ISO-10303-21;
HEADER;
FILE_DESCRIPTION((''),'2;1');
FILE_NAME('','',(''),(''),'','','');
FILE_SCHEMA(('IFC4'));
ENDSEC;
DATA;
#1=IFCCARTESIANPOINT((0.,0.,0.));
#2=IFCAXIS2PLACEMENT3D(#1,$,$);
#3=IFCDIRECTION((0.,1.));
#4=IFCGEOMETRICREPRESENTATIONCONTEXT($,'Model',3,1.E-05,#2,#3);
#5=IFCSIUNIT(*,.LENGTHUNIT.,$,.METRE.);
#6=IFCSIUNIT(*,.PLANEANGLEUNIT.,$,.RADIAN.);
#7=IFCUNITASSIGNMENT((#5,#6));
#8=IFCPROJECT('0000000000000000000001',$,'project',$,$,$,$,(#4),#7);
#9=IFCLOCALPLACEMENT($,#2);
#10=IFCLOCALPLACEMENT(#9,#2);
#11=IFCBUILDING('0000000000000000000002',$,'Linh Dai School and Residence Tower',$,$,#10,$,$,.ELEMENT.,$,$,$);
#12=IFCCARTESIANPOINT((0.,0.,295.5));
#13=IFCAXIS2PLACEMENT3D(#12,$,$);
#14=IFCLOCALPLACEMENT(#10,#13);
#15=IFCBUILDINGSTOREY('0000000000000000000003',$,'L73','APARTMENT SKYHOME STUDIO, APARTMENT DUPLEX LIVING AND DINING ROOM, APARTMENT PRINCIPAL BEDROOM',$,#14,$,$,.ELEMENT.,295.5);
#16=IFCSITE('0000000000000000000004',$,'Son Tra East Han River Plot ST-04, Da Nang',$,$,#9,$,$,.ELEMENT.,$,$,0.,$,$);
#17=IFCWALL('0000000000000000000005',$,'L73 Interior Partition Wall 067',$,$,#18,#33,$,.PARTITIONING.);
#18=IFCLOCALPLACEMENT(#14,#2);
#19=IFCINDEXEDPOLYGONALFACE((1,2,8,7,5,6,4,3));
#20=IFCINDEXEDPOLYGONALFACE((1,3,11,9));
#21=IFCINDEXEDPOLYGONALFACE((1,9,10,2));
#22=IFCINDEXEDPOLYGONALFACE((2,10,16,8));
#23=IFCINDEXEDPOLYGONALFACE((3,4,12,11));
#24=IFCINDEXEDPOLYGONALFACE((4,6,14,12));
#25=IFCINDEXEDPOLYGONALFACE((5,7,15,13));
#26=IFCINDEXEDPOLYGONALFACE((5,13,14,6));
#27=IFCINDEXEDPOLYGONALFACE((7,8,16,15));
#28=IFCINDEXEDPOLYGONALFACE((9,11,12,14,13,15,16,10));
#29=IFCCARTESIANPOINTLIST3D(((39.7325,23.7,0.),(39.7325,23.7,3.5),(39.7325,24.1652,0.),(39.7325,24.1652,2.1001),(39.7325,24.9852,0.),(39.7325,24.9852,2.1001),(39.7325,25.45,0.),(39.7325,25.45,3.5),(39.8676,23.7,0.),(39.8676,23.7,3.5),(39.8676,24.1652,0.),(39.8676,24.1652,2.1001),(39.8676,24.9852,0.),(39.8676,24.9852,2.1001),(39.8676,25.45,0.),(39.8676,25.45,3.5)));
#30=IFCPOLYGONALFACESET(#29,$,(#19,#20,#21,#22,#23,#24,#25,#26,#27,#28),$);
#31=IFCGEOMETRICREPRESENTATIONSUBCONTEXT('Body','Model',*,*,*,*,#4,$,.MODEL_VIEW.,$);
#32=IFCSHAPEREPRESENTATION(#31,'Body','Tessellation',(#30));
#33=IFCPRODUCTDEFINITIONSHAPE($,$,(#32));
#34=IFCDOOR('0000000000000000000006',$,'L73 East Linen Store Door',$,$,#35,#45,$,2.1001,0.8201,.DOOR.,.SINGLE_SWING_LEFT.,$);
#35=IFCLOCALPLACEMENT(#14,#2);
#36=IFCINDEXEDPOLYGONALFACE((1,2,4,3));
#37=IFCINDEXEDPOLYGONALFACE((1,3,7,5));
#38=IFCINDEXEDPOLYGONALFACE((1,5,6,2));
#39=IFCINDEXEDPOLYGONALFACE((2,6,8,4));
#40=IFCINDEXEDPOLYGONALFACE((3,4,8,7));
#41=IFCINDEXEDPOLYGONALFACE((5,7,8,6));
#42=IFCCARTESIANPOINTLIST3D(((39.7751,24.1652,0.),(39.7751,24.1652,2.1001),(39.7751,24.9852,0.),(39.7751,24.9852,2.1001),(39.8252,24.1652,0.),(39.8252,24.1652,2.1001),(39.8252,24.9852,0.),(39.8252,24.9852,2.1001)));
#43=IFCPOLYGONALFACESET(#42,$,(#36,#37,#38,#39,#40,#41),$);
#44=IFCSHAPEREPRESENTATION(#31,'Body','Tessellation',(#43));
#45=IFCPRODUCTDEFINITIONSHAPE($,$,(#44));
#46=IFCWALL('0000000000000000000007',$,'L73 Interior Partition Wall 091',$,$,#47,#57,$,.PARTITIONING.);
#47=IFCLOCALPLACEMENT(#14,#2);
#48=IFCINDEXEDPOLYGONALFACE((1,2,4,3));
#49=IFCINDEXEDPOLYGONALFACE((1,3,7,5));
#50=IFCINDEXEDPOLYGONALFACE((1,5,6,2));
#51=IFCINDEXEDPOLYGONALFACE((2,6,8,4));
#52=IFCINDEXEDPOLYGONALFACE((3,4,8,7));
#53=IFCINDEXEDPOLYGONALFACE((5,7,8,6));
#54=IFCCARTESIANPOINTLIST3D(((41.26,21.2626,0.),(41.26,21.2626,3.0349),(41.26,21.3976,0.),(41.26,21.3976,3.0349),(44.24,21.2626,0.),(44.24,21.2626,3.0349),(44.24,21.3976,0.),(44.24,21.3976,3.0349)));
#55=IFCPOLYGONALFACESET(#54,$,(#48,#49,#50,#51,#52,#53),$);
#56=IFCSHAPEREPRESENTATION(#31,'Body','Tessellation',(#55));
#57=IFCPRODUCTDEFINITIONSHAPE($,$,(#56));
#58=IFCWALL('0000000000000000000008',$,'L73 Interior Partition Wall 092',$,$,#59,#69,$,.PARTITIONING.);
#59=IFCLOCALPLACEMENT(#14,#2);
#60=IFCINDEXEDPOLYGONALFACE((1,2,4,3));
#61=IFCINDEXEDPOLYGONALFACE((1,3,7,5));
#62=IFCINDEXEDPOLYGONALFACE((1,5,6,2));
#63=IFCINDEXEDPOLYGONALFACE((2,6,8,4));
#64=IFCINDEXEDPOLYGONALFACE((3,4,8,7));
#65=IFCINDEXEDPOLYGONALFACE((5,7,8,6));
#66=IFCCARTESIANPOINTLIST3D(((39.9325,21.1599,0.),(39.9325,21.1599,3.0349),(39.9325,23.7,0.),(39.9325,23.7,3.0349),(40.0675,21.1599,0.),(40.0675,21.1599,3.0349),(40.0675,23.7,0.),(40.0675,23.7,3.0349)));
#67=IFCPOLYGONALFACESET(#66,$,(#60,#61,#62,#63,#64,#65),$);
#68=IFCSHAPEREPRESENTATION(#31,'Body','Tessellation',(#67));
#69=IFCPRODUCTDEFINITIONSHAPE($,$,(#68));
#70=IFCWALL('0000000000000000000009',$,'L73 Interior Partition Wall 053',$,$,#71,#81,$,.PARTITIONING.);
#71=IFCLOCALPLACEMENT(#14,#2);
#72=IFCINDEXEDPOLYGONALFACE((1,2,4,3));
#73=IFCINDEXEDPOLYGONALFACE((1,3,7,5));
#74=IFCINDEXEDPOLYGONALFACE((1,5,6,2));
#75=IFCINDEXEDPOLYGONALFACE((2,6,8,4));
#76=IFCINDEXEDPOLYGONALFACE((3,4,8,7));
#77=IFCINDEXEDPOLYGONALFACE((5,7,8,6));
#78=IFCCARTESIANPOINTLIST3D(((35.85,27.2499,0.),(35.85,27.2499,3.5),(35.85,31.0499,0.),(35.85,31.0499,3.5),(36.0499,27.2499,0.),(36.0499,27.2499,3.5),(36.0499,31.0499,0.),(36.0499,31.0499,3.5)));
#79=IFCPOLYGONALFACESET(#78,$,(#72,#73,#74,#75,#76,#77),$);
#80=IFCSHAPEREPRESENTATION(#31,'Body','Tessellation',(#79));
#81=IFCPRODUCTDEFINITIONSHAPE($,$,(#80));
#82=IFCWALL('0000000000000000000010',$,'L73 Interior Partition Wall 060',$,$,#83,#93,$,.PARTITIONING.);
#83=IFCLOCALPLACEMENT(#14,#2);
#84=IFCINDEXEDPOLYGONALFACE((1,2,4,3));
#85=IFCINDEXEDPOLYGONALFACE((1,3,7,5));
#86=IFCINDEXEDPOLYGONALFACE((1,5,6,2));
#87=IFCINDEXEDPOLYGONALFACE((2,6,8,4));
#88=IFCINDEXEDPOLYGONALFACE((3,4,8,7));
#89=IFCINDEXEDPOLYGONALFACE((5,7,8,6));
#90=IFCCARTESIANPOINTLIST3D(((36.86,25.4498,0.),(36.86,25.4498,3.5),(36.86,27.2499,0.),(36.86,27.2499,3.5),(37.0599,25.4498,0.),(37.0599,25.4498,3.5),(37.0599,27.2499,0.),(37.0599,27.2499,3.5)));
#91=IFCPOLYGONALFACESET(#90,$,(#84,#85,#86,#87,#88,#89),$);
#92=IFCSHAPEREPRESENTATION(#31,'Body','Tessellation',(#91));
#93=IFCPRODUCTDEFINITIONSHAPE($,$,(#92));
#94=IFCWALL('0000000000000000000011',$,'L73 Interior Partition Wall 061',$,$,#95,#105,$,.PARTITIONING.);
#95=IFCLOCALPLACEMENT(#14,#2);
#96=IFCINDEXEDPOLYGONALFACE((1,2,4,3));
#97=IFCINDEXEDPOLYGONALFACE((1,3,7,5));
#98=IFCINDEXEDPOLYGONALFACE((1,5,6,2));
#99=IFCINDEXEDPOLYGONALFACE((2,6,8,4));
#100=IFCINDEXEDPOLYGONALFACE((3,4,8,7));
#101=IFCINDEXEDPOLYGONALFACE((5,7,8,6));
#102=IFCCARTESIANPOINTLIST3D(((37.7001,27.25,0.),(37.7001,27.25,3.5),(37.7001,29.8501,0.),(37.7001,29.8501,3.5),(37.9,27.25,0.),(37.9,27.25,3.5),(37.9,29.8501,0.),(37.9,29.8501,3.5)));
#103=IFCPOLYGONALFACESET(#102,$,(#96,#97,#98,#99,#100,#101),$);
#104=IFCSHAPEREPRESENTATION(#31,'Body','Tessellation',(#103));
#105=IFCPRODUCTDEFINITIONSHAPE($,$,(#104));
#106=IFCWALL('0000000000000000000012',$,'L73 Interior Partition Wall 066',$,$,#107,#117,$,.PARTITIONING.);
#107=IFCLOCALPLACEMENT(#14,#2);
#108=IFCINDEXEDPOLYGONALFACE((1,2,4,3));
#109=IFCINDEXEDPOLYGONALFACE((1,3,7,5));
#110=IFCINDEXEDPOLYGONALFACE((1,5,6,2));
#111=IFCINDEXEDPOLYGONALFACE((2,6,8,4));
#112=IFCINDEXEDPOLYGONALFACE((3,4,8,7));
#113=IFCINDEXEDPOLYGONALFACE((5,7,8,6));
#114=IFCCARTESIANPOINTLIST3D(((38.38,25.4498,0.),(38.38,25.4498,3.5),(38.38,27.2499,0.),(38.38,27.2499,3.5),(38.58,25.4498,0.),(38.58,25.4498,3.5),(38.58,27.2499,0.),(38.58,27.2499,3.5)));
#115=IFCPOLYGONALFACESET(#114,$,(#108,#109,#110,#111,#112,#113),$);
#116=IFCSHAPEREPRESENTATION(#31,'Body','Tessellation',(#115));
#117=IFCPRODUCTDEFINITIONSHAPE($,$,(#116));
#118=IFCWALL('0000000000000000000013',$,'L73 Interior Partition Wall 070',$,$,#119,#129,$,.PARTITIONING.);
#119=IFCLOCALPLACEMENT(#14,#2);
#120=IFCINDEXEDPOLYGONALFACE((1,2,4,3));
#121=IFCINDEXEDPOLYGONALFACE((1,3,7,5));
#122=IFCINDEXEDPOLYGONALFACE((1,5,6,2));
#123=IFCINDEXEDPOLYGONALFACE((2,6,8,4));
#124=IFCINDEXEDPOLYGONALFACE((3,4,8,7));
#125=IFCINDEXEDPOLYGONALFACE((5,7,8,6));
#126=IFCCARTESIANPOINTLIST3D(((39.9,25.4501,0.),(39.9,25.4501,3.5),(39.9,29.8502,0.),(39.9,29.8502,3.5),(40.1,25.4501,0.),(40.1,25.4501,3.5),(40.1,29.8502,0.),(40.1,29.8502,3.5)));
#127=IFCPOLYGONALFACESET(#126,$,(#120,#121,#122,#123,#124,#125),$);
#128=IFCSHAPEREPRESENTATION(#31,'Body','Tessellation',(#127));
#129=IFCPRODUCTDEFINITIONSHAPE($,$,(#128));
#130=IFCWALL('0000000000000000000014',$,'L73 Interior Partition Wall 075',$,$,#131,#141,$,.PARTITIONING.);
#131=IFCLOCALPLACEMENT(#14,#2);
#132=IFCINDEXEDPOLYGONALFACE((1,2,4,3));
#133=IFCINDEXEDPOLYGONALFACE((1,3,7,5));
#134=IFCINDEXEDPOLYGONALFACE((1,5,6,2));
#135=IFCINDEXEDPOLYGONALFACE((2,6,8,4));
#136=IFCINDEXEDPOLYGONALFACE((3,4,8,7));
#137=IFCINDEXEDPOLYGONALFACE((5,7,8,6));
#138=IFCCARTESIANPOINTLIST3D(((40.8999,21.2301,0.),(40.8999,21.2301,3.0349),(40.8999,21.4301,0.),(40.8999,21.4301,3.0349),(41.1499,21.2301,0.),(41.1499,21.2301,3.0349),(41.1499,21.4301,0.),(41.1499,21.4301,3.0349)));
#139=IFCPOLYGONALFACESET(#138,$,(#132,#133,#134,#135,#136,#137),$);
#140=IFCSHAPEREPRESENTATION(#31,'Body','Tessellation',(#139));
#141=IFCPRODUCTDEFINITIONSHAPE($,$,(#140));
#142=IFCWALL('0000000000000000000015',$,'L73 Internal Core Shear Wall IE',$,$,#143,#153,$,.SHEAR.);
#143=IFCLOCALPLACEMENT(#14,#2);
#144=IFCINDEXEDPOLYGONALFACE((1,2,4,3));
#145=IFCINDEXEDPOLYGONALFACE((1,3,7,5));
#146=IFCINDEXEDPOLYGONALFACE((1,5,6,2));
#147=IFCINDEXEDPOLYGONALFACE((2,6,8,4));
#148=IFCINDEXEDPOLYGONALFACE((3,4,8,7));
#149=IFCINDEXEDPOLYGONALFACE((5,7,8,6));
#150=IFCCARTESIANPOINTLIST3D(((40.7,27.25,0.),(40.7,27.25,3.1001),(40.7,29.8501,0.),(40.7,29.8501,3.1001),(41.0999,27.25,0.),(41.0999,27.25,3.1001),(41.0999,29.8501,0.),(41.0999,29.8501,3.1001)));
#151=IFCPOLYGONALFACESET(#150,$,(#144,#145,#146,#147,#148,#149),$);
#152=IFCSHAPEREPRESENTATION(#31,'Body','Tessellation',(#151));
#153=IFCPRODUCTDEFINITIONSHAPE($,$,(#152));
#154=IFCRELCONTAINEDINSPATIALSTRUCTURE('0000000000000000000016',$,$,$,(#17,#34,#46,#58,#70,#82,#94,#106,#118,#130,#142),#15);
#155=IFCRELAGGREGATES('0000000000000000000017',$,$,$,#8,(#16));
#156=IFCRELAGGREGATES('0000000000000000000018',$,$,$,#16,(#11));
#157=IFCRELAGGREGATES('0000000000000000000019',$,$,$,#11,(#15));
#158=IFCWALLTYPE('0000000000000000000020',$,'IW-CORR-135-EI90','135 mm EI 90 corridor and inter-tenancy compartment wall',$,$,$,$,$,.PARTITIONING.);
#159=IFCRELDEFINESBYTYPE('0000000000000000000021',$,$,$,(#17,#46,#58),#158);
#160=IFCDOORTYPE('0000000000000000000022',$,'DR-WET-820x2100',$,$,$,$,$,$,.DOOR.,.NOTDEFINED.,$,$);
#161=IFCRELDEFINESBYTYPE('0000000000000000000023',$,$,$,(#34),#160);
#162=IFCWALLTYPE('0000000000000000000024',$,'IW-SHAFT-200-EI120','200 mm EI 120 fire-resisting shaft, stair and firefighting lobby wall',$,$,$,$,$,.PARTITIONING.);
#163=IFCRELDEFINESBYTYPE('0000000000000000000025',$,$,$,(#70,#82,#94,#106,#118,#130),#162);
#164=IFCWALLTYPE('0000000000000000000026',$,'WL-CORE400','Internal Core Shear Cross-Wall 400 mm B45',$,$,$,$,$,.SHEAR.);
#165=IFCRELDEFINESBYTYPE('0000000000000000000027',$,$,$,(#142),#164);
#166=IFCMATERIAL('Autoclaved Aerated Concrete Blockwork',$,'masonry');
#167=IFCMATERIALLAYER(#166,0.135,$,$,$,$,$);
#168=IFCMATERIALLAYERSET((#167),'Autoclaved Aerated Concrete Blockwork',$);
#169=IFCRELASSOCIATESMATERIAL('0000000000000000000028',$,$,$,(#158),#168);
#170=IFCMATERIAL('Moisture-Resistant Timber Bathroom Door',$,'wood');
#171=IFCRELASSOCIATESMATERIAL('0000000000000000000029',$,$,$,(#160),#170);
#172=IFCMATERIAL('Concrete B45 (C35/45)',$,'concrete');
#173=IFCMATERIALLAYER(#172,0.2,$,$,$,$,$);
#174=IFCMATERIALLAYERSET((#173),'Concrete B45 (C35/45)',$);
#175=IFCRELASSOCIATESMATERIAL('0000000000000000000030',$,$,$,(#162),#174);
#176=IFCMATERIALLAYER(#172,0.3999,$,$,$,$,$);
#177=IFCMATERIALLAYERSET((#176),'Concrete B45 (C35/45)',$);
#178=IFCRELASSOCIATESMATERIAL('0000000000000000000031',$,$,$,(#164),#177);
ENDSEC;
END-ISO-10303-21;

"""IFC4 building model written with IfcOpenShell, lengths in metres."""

from ifc_helpers import new_model, si_unit, direction, frame, frame_2d, origin, origin_2d, place, context, subcontext, project, spatial, rectangle, extrude, source, transform, mapped, material, layer, layer_set, type_object, element, fill, save


model = new_model("IFC4")

# Units and contexts
model_context = context("Model", 3, precision=1e-05, world=origin(), true_north=direction((0.0, 1.0)))
body_context = subcontext(model_context, "Body", "Model", "MODEL_VIEW")
ifc_project = project(units=[si_unit("LENGTHUNIT", "METRE"), si_unit("PLANEANGLEUNIT", "RADIAN")], contexts=[model_context])

# Site, building, storey
site_placement = place(None, origin())
site = spatial("IfcSite", under=ifc_project, at=site_placement, Name="Son Tra East Han River Plot ST-04, Da Nang", CompositionType="ELEMENT", RefElevation=0.0)
building_placement = place(site_placement, origin())
building = spatial("IfcBuilding", under=site, at=building_placement, Name="Linh Dai School and Residence Tower", CompositionType="ELEMENT")
storey_placement = place(building_placement, frame((0.0, 0.0, 295.5)))
storey = spatial("IfcBuildingStorey", under=building, at=storey_placement, Name="L73", Description="APARTMENT SKYHOME STUDIO, APARTMENT DUPLEX LIVING AND DINING ROOM, APARTMENT PRINCIPAL BEDROOM", CompositionType="ELEMENT", Elevation=295.5)

# Wall, opening, door
ifc_material_1 = material(Name="Autoclaved Aerated Concrete Blockwork", Category="masonry")
ifc_layer_1 = layer(ifc_material_1, 0.135)
ifc_layer_set_1 = layer_set([ifc_layer_1], Name="Autoclaved Aerated Concrete Blockwork")
wall_type_1 = type_object("IfcWallType", Name="IW-CORR-135-EI90", Description="135 mm EI 90 corridor and inter-tenancy compartment wall", PredefinedType="PARTITIONING", material=ifc_layer_set_1)
wall_1_placement = place(storey_placement, frame((39.8, 23.7, 0.0), z_axis=(0.0, 0.0, 1.0), x_axis=(0.0, 1.0, 0.0)))
wall_1 = element("IfcWall", 1, at=wall_1_placement, inside=storey, type_object=wall_type_1, Name="L73 Interior Partition Wall 067", PredefinedType="PARTITIONING", context=body_context, shape_type="SweptSolid", body=[
    extrude(rectangle(XDim=1.75, YDim=0.135, at=frame_2d((0.875, 0.0))), origin(), (0.0, 0.0, 1.0), 3.5),
])
opening_placement = place(wall_1_placement, frame((0.4651, 0.0, 0.0)))
opening = element("IfcOpeningElement", 2, at=opening_placement, cuts=wall_1, PredefinedType="OPENING", context=body_context, shape_type="SweptSolid", body=[
    extrude(rectangle(XDim=0.8201, YDim=2.1001, at=origin_2d()), frame((0.4102, 0.0776, 1.05), z_axis=(0.0, -1.0, 0.0), x_axis=(1.0, 0.0, 0.0)), (0.0, 0.0, 1.0), 0.155),
])
ifc_material_2 = material(Name="Moisture-Resistant Timber Bathroom Door", Category="wood")
door_type = type_object("IfcDoorType", Name="DR-WET-820x2100", OperationType="NOTDEFINED", PredefinedType="DOOR", material=ifc_material_2)
shared_shape_1 = source(origin(), body_context, "Body", "SweptSolid", [
    extrude(rectangle(XDim=0.8201, YDim=2.1001, at=origin_2d()), frame((0.4102, 0.0249, 1.05), z_axis=(0.0, -1.0, 0.0), x_axis=(1.0, 0.0, 0.0)), (0.0, 0.0, 1.0), 0.05),
])
door_placement = place(opening_placement, origin())
door = element("IfcDoor", 3, at=door_placement, inside=storey, type_object=door_type, Name="L73 East Linen Store Door", OperationType="SINGLE_SWING_LEFT", OverallHeight=2.1001, OverallWidth=0.8201, PredefinedType="DOOR", context=body_context, shape_type="MappedRepresentation", body=[
    mapped(shared_shape_1, transform((0.0, 0.0, 0.0), x_axis=(1.0, 0.0, 0.0), y_axis=(0.0, 1.0, 0.0), z_axis=(0.0, 0.0, 1.0), scale=1.0)),
])
fill(opening, door)

# Walls
wall_2_placement = place(storey_placement, frame((44.24, 21.3301, 0.0), z_axis=(0.0, 0.0, 1.0), x_axis=(-1.0, 0.0, 0.0)))
element("IfcWall", 4, at=wall_2_placement, inside=storey, type_object=wall_type_1, Name="L73 Interior Partition Wall 091", PredefinedType="PARTITIONING", context=body_context, shape_type="SweptSolid", body=[
    extrude(rectangle(XDim=2.98, YDim=0.135, at=frame_2d((1.49, 0.0))), origin(), (0.0, 0.0, 1.0), 3.0349),
])
wall_3_placement = place(storey_placement, frame((40.0, 23.7, 0.0), z_axis=(0.0, 0.0, 1.0), x_axis=(0.0, -1.0, 0.0)))
element("IfcWall", 5, at=wall_3_placement, inside=storey, type_object=wall_type_1, Name="L73 Interior Partition Wall 092", PredefinedType="PARTITIONING", context=body_context, shape_type="SweptSolid", body=[
    extrude(rectangle(XDim=2.54, YDim=0.135, at=frame_2d((1.27, 0.0))), origin(), (0.0, 0.0, 1.0), 3.0349),
])
ifc_material_3 = material(Name="Concrete B45 (C35/45)", Category="concrete")
ifc_layer_2 = layer(ifc_material_3, 0.2)
ifc_layer_set_2 = layer_set([ifc_layer_2], Name="Concrete B45 (C35/45)")
wall_type_2 = type_object("IfcWallType", Name="IW-SHAFT-200-EI120", Description="200 mm EI 120 fire-resisting shaft, stair and firefighting lobby wall", PredefinedType="PARTITIONING", material=ifc_layer_set_2)
wall_4_placement = place(storey_placement, frame((35.95, 27.25, 0.0), z_axis=(0.0, 0.0, 1.0), x_axis=(0.0, 1.0, 0.0)))
element("IfcWall", 6, at=wall_4_placement, inside=storey, type_object=wall_type_2, Name="L73 Interior Partition Wall 053", PredefinedType="PARTITIONING", context=body_context, shape_type="SweptSolid", body=[
    extrude(rectangle(XDim=3.8, YDim=0.2, at=frame_2d((1.8999, 0.0))), origin(), (0.0, 0.0, 1.0), 3.5),
])
wall_5_placement = place(storey_placement, frame((36.96, 25.45, 0.0), z_axis=(0.0, 0.0, 1.0), x_axis=(0.0, 1.0, 0.0)))
element("IfcWall", 7, at=wall_5_placement, inside=storey, type_object=wall_type_2, Name="L73 Interior Partition Wall 060", PredefinedType="PARTITIONING", context=body_context, shape_type="SweptSolid", body=[
    extrude(rectangle(XDim=1.8, YDim=0.2, at=frame_2d((0.8999, 0.0))), origin(), (0.0, 0.0, 1.0), 3.5),
])
wall_6_placement = place(storey_placement, frame((37.8, 27.25, 0.0), z_axis=(0.0, 0.0, 1.0), x_axis=(0.0, 1.0, 0.0)))
element("IfcWall", 8, at=wall_6_placement, inside=storey, type_object=wall_type_2, Name="L73 Interior Partition Wall 061", PredefinedType="PARTITIONING", context=body_context, shape_type="SweptSolid", body=[
    extrude(rectangle(XDim=2.6001, YDim=0.2, at=frame_2d((1.3, 0.0))), origin(), (0.0, 0.0, 1.0), 3.5),
])
wall_7_placement = place(storey_placement, frame((38.48, 25.45, 0.0), z_axis=(0.0, 0.0, 1.0), x_axis=(0.0, 1.0, 0.0)))
element("IfcWall", 9, at=wall_7_placement, inside=storey, type_object=wall_type_2, Name="L73 Interior Partition Wall 066", PredefinedType="PARTITIONING", context=body_context, shape_type="SweptSolid", body=[
    extrude(rectangle(XDim=1.8, YDim=0.2, at=frame_2d((0.8999, 0.0))), origin(), (0.0, 0.0, 1.0), 3.5),
])
wall_8_placement = place(storey_placement, frame((40.0, 25.45, 0.0), z_axis=(0.0, 0.0, 1.0), x_axis=(0.0, 1.0, 0.0)))
element("IfcWall", 10, at=wall_8_placement, inside=storey, type_object=wall_type_2, Name="L73 Interior Partition Wall 070", PredefinedType="PARTITIONING", context=body_context, shape_type="SweptSolid", body=[
    extrude(rectangle(XDim=4.4001, YDim=0.2, at=frame_2d((2.2002, 0.0))), origin(), (0.0, 0.0, 1.0), 3.5),
])
wall_9_placement = place(storey_placement, frame((40.8999, 21.3301, 0.0), z_axis=(0.0, 0.0, 1.0), x_axis=(1.0, 0.0, 0.0)))
element("IfcWall", 11, at=wall_9_placement, inside=storey, type_object=wall_type_2, Name="L73 Interior Partition Wall 075", PredefinedType="PARTITIONING", context=body_context, shape_type="SweptSolid", body=[
    extrude(rectangle(XDim=0.25, YDim=0.2, at=frame_2d((0.125, 0.0))), origin(), (0.0, 0.0, 1.0), 3.0349),
])
ifc_layer_3 = layer(ifc_material_3, 0.3999)
ifc_layer_set_3 = layer_set([ifc_layer_3], Name="Concrete B45 (C35/45)")
wall_type_3 = type_object("IfcWallType", Name="WL-CORE400", Description="Internal Core Shear Cross-Wall 400 mm B45", PredefinedType="SHEAR", material=ifc_layer_set_3)
wall_10_placement = place(storey_placement, frame((40.8999, 27.25, 0.0), z_axis=(0.0, 0.0, 1.0), x_axis=(0.0, 1.0, 0.0)))
element("IfcWall", 12, at=wall_10_placement, inside=storey, type_object=wall_type_3, Name="L73 Internal Core Shear Wall IE", PredefinedType="SHEAR", context=body_context, shape_type="SweptSolid", body=[
    extrude(rectangle(XDim=2.6001, YDim=0.3999, at=frame_2d((1.3, 0.0))), origin(), (0.0, 0.0, 1.0), 3.1001),
])

save(model, "model.ifc")
